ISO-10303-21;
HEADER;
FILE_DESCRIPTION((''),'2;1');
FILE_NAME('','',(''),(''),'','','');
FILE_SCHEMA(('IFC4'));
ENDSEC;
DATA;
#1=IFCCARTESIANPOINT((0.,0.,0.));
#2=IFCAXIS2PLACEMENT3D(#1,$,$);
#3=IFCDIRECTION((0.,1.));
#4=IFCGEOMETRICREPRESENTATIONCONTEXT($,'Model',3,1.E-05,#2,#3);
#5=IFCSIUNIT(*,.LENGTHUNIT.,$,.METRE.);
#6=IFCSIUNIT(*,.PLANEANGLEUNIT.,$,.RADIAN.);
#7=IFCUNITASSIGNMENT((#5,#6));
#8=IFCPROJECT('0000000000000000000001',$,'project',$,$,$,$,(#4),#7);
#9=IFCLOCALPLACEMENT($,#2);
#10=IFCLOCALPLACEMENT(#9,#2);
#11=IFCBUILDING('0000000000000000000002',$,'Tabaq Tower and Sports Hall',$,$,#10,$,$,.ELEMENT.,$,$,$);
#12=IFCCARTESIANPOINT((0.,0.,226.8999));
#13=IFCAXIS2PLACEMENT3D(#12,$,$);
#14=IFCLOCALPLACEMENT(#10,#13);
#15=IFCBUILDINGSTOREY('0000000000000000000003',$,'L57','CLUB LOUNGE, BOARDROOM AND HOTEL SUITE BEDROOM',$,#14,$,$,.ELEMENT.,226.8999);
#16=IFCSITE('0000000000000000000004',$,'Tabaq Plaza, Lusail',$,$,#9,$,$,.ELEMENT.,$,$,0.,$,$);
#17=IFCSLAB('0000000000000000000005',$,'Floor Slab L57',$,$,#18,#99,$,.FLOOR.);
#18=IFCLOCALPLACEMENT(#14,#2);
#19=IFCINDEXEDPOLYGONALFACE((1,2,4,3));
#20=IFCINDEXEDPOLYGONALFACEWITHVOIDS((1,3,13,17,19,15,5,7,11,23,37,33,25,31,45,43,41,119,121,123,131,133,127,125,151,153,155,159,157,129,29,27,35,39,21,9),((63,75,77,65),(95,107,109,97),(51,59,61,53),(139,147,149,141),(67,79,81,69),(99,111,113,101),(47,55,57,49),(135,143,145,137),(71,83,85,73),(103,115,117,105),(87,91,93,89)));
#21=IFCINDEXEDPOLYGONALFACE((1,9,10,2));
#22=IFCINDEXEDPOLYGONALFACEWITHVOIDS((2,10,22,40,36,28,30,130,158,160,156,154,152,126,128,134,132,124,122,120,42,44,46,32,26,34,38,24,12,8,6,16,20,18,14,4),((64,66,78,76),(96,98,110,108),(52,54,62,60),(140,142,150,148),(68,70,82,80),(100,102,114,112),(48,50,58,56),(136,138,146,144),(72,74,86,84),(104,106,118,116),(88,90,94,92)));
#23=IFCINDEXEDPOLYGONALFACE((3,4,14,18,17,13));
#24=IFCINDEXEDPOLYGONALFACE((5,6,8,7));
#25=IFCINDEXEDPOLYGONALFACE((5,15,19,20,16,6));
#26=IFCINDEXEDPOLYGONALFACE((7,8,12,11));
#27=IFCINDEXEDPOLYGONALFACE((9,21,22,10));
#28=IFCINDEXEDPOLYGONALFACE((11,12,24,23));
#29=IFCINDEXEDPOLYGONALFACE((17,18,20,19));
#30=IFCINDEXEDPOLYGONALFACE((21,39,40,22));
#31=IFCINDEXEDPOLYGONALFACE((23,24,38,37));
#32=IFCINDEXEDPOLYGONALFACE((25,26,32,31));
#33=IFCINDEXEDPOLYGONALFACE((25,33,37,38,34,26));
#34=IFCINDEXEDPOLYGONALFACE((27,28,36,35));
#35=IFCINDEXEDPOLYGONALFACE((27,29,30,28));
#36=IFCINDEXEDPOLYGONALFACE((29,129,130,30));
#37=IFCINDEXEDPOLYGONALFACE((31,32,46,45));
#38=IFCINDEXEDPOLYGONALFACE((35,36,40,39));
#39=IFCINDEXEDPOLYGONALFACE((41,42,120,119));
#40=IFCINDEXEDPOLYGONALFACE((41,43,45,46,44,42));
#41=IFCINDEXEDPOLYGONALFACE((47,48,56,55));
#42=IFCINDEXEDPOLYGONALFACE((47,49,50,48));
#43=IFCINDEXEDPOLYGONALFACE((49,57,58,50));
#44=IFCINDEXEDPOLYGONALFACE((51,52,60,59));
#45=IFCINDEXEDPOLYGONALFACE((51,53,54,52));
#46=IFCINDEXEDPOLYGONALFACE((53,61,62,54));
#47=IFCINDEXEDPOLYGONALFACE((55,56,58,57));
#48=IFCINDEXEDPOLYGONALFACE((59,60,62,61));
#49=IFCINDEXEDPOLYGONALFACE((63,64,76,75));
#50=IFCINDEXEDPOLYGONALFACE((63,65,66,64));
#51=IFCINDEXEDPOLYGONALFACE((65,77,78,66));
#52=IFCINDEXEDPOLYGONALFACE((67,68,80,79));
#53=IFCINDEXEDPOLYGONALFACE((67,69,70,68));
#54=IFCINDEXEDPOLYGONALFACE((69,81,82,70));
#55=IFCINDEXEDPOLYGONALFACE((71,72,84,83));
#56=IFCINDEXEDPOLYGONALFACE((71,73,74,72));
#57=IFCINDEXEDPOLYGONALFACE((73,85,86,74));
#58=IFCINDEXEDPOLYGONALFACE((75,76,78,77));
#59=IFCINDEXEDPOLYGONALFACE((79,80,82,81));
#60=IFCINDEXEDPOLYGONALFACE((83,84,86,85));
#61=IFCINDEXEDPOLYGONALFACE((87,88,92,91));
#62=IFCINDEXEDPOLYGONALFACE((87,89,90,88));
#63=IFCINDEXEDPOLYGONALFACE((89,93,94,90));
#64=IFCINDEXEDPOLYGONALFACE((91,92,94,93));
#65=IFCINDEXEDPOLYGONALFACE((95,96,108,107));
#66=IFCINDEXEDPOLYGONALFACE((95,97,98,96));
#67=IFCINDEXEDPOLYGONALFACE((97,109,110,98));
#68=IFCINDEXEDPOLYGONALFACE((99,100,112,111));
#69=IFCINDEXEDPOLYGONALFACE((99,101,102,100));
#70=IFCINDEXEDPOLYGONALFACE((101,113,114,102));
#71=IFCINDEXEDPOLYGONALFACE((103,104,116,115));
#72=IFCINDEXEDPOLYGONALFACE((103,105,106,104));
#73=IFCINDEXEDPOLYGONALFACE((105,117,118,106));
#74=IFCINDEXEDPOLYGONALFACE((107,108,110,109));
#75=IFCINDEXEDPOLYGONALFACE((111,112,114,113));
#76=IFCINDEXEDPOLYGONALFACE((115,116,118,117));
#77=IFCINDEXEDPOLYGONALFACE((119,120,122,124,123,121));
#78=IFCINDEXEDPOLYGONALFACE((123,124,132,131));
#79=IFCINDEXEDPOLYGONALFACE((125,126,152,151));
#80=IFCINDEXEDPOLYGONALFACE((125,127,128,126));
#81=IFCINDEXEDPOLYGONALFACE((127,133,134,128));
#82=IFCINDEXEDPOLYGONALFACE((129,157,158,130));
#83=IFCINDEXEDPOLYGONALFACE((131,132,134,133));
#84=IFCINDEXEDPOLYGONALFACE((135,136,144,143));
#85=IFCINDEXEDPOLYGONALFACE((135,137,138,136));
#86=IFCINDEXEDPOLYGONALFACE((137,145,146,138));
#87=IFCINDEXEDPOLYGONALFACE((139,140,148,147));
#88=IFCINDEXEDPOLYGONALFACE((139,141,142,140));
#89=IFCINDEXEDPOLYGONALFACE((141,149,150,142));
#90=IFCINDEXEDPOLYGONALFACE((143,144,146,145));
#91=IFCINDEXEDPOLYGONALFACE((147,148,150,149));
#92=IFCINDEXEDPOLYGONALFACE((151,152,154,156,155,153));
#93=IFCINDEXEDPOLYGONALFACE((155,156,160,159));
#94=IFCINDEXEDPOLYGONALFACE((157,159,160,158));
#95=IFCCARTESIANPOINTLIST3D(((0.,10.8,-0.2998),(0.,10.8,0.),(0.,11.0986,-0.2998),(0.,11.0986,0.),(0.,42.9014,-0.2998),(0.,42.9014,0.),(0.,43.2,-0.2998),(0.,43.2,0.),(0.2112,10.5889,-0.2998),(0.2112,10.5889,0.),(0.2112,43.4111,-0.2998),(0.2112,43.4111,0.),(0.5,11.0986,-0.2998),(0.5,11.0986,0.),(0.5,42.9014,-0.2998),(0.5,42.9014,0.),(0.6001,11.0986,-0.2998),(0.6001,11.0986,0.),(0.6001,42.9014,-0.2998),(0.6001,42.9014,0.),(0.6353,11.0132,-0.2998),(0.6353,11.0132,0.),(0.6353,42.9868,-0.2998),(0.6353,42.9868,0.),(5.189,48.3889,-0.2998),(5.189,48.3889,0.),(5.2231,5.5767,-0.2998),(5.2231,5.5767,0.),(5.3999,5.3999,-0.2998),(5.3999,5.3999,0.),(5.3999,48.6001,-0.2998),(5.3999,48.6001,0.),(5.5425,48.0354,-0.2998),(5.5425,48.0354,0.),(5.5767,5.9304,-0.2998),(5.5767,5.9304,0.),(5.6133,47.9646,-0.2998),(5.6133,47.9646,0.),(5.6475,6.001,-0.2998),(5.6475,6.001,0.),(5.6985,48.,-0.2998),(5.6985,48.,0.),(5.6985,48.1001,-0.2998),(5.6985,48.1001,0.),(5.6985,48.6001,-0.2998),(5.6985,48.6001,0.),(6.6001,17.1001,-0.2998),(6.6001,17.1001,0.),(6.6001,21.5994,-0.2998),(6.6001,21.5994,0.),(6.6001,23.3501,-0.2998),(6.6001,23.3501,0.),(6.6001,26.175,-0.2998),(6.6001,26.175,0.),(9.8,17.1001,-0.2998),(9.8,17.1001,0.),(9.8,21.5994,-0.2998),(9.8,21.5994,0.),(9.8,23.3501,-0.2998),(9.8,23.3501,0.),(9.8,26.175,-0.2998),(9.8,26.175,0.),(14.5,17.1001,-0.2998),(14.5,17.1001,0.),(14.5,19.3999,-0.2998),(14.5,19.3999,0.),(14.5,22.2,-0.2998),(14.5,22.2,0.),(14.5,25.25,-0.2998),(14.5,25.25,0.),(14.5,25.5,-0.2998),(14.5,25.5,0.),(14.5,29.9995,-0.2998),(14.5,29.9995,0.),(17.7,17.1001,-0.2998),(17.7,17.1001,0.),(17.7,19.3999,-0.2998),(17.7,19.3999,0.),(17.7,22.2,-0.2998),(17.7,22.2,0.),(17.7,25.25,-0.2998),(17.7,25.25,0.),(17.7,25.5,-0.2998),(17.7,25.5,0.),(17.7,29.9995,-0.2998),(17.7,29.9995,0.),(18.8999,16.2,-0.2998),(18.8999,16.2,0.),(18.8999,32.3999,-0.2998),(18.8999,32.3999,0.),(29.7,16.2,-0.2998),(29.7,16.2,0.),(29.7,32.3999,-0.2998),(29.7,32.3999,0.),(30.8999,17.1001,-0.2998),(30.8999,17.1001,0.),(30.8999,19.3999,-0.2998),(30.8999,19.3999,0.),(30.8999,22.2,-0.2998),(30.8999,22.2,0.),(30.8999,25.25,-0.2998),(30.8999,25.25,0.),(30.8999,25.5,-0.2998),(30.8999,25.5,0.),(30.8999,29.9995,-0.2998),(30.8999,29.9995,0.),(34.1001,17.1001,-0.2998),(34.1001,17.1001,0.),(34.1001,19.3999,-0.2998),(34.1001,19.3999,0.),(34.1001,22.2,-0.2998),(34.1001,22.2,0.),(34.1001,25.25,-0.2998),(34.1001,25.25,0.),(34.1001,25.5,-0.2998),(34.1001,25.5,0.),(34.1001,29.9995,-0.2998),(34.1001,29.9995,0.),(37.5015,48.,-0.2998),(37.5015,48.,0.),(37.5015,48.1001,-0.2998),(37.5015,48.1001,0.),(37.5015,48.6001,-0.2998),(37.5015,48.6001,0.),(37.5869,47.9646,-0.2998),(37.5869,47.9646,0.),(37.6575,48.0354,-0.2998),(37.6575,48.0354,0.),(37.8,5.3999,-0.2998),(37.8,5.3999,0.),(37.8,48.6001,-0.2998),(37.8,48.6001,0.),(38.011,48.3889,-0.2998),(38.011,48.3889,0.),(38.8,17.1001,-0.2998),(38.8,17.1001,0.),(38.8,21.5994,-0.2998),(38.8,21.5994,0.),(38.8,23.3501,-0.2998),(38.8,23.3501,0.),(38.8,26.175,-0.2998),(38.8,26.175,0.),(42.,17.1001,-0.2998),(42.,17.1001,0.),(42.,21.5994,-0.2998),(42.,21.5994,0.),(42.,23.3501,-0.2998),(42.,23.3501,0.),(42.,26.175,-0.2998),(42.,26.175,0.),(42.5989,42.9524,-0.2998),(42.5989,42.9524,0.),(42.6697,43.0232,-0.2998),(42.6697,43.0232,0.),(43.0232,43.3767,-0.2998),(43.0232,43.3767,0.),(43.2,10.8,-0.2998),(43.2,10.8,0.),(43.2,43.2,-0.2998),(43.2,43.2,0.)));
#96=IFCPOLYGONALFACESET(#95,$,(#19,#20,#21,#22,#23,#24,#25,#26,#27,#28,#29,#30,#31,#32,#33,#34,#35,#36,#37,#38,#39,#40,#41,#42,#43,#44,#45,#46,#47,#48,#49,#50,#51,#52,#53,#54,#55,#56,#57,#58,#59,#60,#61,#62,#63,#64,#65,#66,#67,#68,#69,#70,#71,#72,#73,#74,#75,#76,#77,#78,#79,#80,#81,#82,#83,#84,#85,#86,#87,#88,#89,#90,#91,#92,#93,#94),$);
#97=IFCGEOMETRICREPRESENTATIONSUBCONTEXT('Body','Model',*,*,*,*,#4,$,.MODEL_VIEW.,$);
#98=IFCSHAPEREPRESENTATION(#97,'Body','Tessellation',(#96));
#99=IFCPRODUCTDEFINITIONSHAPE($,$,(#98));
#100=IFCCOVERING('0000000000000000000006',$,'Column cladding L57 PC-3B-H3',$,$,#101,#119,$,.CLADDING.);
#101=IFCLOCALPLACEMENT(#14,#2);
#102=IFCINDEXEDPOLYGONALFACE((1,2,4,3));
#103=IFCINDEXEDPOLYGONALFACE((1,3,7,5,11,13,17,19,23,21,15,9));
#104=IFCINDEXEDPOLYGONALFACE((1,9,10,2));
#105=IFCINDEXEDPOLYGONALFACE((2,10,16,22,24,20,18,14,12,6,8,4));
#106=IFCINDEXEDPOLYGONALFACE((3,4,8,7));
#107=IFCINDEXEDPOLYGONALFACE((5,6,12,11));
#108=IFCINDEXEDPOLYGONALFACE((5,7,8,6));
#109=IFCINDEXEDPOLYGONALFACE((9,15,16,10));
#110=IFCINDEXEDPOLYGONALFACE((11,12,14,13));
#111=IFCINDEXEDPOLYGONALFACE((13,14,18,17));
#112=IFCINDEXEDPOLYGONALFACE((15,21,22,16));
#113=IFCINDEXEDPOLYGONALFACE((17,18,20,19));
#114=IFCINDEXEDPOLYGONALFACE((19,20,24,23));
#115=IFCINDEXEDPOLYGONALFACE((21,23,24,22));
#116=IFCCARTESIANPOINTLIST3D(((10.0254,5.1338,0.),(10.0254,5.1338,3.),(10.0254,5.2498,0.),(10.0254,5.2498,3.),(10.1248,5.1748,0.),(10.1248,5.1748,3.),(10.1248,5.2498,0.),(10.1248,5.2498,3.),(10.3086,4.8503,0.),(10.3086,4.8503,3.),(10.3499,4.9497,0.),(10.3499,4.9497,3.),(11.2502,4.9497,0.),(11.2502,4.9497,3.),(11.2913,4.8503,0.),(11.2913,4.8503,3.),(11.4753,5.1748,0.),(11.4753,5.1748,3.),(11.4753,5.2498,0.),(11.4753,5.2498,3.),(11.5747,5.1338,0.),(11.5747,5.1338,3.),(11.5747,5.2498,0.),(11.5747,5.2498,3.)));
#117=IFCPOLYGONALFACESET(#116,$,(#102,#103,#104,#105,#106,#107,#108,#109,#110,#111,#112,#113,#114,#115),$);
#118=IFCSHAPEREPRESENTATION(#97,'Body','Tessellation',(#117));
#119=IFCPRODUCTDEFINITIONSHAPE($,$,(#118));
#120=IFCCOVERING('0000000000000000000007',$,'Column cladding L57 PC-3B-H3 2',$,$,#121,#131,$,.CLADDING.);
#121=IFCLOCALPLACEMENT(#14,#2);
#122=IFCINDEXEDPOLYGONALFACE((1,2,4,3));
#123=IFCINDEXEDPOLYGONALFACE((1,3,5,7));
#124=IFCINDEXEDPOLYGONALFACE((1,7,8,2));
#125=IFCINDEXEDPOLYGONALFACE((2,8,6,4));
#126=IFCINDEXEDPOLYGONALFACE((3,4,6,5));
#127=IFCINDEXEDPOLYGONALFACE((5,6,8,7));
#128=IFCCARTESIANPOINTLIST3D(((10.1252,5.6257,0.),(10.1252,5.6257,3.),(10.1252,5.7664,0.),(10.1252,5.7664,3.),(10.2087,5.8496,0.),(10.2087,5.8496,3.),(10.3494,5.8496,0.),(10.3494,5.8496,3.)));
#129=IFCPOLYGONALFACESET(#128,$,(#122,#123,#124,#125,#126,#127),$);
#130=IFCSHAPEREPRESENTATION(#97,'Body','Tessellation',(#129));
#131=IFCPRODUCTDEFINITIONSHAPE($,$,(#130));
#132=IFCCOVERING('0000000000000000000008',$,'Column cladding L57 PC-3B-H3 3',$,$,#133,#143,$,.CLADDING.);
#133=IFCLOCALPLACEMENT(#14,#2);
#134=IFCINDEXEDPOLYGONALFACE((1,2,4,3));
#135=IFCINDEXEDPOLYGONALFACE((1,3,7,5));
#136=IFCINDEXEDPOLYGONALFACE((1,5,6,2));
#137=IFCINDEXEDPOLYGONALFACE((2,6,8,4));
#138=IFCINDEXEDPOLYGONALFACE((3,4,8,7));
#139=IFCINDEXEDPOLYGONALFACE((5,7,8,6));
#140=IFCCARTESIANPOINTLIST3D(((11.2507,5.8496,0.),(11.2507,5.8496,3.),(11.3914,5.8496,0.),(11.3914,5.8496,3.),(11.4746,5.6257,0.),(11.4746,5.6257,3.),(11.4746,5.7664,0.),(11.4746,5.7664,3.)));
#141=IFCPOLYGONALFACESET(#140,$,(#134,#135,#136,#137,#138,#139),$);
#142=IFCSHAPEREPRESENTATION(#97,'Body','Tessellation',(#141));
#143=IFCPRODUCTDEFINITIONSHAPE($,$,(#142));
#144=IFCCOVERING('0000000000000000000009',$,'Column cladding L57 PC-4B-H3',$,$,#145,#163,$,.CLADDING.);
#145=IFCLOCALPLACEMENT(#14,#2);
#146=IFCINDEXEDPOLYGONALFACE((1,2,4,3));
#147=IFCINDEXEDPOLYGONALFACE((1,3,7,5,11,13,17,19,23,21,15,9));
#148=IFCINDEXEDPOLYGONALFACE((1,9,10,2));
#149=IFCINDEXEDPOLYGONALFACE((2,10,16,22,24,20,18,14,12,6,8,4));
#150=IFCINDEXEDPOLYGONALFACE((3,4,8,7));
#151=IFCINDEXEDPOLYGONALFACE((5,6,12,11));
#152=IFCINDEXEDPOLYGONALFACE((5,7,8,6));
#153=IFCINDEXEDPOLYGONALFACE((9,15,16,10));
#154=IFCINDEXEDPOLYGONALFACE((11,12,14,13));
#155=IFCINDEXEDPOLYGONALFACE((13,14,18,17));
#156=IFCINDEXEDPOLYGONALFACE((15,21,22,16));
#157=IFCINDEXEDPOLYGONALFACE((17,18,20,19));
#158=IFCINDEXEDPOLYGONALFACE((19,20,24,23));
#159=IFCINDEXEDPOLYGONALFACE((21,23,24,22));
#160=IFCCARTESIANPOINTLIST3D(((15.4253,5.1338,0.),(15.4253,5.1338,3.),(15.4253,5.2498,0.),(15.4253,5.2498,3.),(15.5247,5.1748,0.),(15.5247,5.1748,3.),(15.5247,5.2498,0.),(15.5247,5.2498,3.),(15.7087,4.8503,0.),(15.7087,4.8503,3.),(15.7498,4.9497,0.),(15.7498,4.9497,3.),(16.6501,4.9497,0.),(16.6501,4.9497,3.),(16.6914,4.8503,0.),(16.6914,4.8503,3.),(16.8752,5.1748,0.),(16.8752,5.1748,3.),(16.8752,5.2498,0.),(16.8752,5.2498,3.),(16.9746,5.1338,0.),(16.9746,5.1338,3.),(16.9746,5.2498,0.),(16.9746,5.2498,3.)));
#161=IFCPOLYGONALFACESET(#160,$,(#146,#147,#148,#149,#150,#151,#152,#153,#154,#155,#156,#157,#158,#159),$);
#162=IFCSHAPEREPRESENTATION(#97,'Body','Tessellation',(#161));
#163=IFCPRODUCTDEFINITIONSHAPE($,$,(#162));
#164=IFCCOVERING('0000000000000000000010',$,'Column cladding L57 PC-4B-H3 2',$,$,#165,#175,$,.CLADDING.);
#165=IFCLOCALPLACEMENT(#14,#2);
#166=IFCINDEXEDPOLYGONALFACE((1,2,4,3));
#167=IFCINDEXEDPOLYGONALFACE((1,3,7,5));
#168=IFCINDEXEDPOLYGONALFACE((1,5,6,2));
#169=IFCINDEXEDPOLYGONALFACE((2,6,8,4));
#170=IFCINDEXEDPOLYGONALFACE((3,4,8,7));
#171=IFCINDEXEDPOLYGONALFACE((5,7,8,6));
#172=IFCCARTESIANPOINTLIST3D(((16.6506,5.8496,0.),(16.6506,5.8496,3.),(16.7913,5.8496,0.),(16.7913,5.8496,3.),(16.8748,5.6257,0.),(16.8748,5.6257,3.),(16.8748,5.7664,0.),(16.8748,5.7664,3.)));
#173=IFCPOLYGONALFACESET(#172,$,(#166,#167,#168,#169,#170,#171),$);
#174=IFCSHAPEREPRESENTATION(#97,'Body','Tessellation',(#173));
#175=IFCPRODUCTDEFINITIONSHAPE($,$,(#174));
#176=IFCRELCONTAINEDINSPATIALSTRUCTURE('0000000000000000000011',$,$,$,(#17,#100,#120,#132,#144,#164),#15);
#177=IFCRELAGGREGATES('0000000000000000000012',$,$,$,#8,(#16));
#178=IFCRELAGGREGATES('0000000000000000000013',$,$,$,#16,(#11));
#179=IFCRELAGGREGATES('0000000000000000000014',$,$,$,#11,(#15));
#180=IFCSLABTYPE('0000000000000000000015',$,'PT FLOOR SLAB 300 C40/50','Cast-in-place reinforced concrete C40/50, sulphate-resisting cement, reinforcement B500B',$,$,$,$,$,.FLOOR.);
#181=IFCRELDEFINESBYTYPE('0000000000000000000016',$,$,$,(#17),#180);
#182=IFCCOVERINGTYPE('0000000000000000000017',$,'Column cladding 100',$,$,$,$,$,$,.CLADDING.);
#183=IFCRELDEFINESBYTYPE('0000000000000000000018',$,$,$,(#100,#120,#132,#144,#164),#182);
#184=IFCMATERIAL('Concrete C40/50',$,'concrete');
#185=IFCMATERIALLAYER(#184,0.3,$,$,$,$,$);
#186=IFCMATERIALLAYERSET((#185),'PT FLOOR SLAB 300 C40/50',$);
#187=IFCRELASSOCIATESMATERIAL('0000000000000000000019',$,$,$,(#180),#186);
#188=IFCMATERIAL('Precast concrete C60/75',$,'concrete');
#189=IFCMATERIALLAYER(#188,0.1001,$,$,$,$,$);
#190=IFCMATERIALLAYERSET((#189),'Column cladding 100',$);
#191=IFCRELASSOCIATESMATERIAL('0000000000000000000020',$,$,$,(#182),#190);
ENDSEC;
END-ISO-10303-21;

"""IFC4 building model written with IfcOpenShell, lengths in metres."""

from ifc_helpers import new_model, si_unit, direction, frame, origin, place, context, subcontext, project, spatial, polyline, outline, extrude, material, layer, layer_set, type_object, element, save


model = new_model("IFC4")

# Units and contexts
model_context = context("Model", 3, precision=1e-05, world=origin(), true_north=direction((0.0, 1.0)))
body_context = subcontext(model_context, "Body", "Model", "MODEL_VIEW")
ifc_project = project(units=[si_unit("LENGTHUNIT", "METRE"), si_unit("PLANEANGLEUNIT", "RADIAN")], contexts=[model_context])

# Site, building, storey
site_placement = place(None, origin())
site = spatial("IfcSite", under=ifc_project, at=site_placement, Name="Tabaq Plaza, Lusail", CompositionType="ELEMENT", RefElevation=0.0)
building_placement = place(site_placement, origin())
building = spatial("IfcBuilding", under=site, at=building_placement, Name="Tabaq Tower and Sports Hall", CompositionType="ELEMENT")
storey_placement = place(building_placement, frame((0.0, 0.0, 226.8999)))
storey = spatial("IfcBuildingStorey", under=building, at=storey_placement, Name="L57", Description="CLUB LOUNGE, BOARDROOM AND HOTEL SUITE BEDROOM", CompositionType="ELEMENT", Elevation=226.8999)

# Slab
ifc_material_1 = material(Name="Concrete C40/50", Category="concrete")
ifc_layer_1 = layer(ifc_material_1, 0.3)
ifc_layer_set_1 = layer_set([ifc_layer_1], Name="PT FLOOR SLAB 300 C40/50")
slab_type = type_object("IfcSlabType", Name="PT FLOOR SLAB 300 C40/50", Description="Cast-in-place reinforced concrete C40/50, sulphate-resisting cement, reinforcement B500B", PredefinedType="FLOOR", material=ifc_layer_set_1)
slab_placement = place(storey_placement, frame((0.0, 0.0, -0.2998)))
element("IfcSlab", 1, at=slab_placement, inside=storey, type_object=slab_type, Name="Floor Slab L57", PredefinedType="FLOOR", context=body_context, shape_type="SweptSolid", body=[
    extrude(outline(polyline([(0.0, 11.0986), (0.0, 10.8), (0.2112, 10.5889), (0.6353, 11.0132), (5.6475, 6.001), (5.5767, 5.9304), (5.2231, 5.5767), (5.3999, 5.3999), (37.8, 5.3999), (43.2, 10.8), (43.2, 43.2), (43.0232, 43.3767), (42.6697, 43.0232), (42.5989, 42.9524), (37.5869, 47.9646), (37.6575, 48.0354), (38.011, 48.3889), (37.8, 48.6001), (37.5015, 48.6001), (37.5015, 48.1001), (37.5015, 48.0), (5.6985, 48.0), (5.6985, 48.1001), (5.6985, 48.6001), (5.3999, 48.6001), (5.189, 48.3889), (5.5425, 48.0354), (5.6133, 47.9646), (0.6353, 42.9868), (0.2112, 43.4111), (0.0, 43.2), (0.0, 42.9014), (0.5, 42.9014), (0.6001, 42.9014), (0.6001, 11.0986), (0.5, 11.0986), (0.0, 11.0986)]), holes=[polyline([(14.5, 19.3999), (17.7, 19.3999), (17.7, 17.1001), (14.5, 17.1001), (14.5, 19.3999)]), polyline([(6.6001, 21.5994), (9.8, 21.5994), (9.8, 17.1001), (6.6001, 17.1001), (6.6001, 21.5994)]), polyline([(14.5, 25.25), (17.7, 25.25), (17.7, 22.2), (14.5, 22.2), (14.5, 25.25)]), polyline([(18.8999, 32.3999), (29.7, 32.3999), (29.7, 16.2), (18.8999, 16.2), (18.8999, 32.3999)]), polyline([(9.8, 26.175), (9.8, 23.3501), (6.6001, 23.3501), (6.6001, 26.175), (9.8, 26.175)]), polyline([(14.5, 29.9995), (17.7, 29.9995), (17.7, 25.5), (14.5, 25.5), (14.5, 29.9995)]), polyline([(34.1001, 19.3999), (34.1001, 17.1001), (30.8999, 17.1001), (30.8999, 19.3999), (34.1001, 19.3999)]), polyline([(42.0, 21.5994), (42.0, 17.1001), (38.8, 17.1001), (38.8, 21.5994), (42.0, 21.5994)]), polyline([(30.8999, 25.25), (34.1001, 25.25), (34.1001, 22.2), (30.8999, 22.2), (30.8999, 25.25)]), polyline([(42.0, 26.175), (42.0, 23.3501), (38.8, 23.3501), (38.8, 26.175), (42.0, 26.175)]), polyline([(34.1001, 29.9995), (34.1001, 25.5), (30.8999, 25.5), (30.8999, 29.9995), (34.1001, 29.9995)])]), origin(), (0.0, 0.0, 1.0), 0.2998),
])

# Coverings
ifc_material_2 = material(Name="Precast concrete C60/75", Category="concrete")
ifc_layer_2 = layer(ifc_material_2, 0.1001)
ifc_layer_set_2 = layer_set([ifc_layer_2], Name="Column cladding 100")
covering_type = type_object("IfcCoveringType", Name="Column cladding 100", PredefinedType="CLADDING", material=ifc_layer_set_2)
covering_1_placement = place(storey_placement, origin())
element("IfcCovering", 2, at=covering_1_placement, inside=storey, type_object=covering_type, Name="Column cladding L57 PC-3B-H3", PredefinedType="CLADDING", context=body_context, shape_type="SweptSolid", body=[
    extrude(outline(polyline([(10.0254, 5.2498), (10.1248, 5.2498), (10.1248, 5.1748), (10.3499, 4.9497), (11.2502, 4.9497), (11.4753, 5.1748), (11.4753, 5.2498), (11.5747, 5.2498), (11.5747, 5.1338), (11.2913, 4.8503), (10.3086, 4.8503), (10.0254, 5.1338), (10.0254, 5.2498)])), origin(), (0.0, 0.0, 1.0), 3.0),
])
covering_2_placement = place(storey_placement, origin())
element("IfcCovering", 3, at=covering_2_placement, inside=storey, type_object=covering_type, Name="Column cladding L57 PC-3B-H3 2", PredefinedType="CLADDING", context=body_context, shape_type="SweptSolid", body=[
    extrude(outline(polyline([(10.2087, 5.8496), (10.3494, 5.8496), (10.1252, 5.6257), (10.1252, 5.7664), (10.2087, 5.8496)])), origin(), (0.0, 0.0, 1.0), 3.0),
])
covering_3_placement = place(storey_placement, origin())
element("IfcCovering", 4, at=covering_3_placement, inside=storey, type_object=covering_type, Name="Column cladding L57 PC-3B-H3 3", PredefinedType="CLADDING", context=body_context, shape_type="SweptSolid", body=[
    extrude(outline(polyline([(11.4746, 5.7664), (11.4746, 5.6257), (11.2507, 5.8496), (11.3914, 5.8496), (11.4746, 5.7664)])), origin(), (0.0, 0.0, 1.0), 3.0),
])
covering_4_placement = place(storey_placement, origin())
element("IfcCovering", 5, at=covering_4_placement, inside=storey, type_object=covering_type, Name="Column cladding L57 PC-4B-H3", PredefinedType="CLADDING", context=body_context, shape_type="SweptSolid", body=[
    extrude(outline(polyline([(15.4253, 5.2498), (15.5247, 5.2498), (15.5247, 5.1748), (15.7498, 4.9497), (16.6501, 4.9497), (16.8752, 5.1748), (16.8752, 5.2498), (16.9746, 5.2498), (16.9746, 5.1338), (16.6914, 4.8503), (15.7087, 4.8503), (15.4253, 5.1338), (15.4253, 5.2498)])), origin(), (0.0, 0.0, 1.0), 3.0),
])
covering_5_placement = place(storey_placement, origin())
element("IfcCovering", 6, at=covering_5_placement, inside=storey, type_object=covering_type, Name="Column cladding L57 PC-4B-H3 2", PredefinedType="CLADDING", context=body_context, shape_type="SweptSolid", body=[
    extrude(outline(polyline([(16.8748, 5.7664), (16.8748, 5.6257), (16.6506, 5.8496), (16.7913, 5.8496), (16.8748, 5.7664)])), origin(), (0.0, 0.0, 1.0), 3.0),
])

save(model, "model.ifc")
